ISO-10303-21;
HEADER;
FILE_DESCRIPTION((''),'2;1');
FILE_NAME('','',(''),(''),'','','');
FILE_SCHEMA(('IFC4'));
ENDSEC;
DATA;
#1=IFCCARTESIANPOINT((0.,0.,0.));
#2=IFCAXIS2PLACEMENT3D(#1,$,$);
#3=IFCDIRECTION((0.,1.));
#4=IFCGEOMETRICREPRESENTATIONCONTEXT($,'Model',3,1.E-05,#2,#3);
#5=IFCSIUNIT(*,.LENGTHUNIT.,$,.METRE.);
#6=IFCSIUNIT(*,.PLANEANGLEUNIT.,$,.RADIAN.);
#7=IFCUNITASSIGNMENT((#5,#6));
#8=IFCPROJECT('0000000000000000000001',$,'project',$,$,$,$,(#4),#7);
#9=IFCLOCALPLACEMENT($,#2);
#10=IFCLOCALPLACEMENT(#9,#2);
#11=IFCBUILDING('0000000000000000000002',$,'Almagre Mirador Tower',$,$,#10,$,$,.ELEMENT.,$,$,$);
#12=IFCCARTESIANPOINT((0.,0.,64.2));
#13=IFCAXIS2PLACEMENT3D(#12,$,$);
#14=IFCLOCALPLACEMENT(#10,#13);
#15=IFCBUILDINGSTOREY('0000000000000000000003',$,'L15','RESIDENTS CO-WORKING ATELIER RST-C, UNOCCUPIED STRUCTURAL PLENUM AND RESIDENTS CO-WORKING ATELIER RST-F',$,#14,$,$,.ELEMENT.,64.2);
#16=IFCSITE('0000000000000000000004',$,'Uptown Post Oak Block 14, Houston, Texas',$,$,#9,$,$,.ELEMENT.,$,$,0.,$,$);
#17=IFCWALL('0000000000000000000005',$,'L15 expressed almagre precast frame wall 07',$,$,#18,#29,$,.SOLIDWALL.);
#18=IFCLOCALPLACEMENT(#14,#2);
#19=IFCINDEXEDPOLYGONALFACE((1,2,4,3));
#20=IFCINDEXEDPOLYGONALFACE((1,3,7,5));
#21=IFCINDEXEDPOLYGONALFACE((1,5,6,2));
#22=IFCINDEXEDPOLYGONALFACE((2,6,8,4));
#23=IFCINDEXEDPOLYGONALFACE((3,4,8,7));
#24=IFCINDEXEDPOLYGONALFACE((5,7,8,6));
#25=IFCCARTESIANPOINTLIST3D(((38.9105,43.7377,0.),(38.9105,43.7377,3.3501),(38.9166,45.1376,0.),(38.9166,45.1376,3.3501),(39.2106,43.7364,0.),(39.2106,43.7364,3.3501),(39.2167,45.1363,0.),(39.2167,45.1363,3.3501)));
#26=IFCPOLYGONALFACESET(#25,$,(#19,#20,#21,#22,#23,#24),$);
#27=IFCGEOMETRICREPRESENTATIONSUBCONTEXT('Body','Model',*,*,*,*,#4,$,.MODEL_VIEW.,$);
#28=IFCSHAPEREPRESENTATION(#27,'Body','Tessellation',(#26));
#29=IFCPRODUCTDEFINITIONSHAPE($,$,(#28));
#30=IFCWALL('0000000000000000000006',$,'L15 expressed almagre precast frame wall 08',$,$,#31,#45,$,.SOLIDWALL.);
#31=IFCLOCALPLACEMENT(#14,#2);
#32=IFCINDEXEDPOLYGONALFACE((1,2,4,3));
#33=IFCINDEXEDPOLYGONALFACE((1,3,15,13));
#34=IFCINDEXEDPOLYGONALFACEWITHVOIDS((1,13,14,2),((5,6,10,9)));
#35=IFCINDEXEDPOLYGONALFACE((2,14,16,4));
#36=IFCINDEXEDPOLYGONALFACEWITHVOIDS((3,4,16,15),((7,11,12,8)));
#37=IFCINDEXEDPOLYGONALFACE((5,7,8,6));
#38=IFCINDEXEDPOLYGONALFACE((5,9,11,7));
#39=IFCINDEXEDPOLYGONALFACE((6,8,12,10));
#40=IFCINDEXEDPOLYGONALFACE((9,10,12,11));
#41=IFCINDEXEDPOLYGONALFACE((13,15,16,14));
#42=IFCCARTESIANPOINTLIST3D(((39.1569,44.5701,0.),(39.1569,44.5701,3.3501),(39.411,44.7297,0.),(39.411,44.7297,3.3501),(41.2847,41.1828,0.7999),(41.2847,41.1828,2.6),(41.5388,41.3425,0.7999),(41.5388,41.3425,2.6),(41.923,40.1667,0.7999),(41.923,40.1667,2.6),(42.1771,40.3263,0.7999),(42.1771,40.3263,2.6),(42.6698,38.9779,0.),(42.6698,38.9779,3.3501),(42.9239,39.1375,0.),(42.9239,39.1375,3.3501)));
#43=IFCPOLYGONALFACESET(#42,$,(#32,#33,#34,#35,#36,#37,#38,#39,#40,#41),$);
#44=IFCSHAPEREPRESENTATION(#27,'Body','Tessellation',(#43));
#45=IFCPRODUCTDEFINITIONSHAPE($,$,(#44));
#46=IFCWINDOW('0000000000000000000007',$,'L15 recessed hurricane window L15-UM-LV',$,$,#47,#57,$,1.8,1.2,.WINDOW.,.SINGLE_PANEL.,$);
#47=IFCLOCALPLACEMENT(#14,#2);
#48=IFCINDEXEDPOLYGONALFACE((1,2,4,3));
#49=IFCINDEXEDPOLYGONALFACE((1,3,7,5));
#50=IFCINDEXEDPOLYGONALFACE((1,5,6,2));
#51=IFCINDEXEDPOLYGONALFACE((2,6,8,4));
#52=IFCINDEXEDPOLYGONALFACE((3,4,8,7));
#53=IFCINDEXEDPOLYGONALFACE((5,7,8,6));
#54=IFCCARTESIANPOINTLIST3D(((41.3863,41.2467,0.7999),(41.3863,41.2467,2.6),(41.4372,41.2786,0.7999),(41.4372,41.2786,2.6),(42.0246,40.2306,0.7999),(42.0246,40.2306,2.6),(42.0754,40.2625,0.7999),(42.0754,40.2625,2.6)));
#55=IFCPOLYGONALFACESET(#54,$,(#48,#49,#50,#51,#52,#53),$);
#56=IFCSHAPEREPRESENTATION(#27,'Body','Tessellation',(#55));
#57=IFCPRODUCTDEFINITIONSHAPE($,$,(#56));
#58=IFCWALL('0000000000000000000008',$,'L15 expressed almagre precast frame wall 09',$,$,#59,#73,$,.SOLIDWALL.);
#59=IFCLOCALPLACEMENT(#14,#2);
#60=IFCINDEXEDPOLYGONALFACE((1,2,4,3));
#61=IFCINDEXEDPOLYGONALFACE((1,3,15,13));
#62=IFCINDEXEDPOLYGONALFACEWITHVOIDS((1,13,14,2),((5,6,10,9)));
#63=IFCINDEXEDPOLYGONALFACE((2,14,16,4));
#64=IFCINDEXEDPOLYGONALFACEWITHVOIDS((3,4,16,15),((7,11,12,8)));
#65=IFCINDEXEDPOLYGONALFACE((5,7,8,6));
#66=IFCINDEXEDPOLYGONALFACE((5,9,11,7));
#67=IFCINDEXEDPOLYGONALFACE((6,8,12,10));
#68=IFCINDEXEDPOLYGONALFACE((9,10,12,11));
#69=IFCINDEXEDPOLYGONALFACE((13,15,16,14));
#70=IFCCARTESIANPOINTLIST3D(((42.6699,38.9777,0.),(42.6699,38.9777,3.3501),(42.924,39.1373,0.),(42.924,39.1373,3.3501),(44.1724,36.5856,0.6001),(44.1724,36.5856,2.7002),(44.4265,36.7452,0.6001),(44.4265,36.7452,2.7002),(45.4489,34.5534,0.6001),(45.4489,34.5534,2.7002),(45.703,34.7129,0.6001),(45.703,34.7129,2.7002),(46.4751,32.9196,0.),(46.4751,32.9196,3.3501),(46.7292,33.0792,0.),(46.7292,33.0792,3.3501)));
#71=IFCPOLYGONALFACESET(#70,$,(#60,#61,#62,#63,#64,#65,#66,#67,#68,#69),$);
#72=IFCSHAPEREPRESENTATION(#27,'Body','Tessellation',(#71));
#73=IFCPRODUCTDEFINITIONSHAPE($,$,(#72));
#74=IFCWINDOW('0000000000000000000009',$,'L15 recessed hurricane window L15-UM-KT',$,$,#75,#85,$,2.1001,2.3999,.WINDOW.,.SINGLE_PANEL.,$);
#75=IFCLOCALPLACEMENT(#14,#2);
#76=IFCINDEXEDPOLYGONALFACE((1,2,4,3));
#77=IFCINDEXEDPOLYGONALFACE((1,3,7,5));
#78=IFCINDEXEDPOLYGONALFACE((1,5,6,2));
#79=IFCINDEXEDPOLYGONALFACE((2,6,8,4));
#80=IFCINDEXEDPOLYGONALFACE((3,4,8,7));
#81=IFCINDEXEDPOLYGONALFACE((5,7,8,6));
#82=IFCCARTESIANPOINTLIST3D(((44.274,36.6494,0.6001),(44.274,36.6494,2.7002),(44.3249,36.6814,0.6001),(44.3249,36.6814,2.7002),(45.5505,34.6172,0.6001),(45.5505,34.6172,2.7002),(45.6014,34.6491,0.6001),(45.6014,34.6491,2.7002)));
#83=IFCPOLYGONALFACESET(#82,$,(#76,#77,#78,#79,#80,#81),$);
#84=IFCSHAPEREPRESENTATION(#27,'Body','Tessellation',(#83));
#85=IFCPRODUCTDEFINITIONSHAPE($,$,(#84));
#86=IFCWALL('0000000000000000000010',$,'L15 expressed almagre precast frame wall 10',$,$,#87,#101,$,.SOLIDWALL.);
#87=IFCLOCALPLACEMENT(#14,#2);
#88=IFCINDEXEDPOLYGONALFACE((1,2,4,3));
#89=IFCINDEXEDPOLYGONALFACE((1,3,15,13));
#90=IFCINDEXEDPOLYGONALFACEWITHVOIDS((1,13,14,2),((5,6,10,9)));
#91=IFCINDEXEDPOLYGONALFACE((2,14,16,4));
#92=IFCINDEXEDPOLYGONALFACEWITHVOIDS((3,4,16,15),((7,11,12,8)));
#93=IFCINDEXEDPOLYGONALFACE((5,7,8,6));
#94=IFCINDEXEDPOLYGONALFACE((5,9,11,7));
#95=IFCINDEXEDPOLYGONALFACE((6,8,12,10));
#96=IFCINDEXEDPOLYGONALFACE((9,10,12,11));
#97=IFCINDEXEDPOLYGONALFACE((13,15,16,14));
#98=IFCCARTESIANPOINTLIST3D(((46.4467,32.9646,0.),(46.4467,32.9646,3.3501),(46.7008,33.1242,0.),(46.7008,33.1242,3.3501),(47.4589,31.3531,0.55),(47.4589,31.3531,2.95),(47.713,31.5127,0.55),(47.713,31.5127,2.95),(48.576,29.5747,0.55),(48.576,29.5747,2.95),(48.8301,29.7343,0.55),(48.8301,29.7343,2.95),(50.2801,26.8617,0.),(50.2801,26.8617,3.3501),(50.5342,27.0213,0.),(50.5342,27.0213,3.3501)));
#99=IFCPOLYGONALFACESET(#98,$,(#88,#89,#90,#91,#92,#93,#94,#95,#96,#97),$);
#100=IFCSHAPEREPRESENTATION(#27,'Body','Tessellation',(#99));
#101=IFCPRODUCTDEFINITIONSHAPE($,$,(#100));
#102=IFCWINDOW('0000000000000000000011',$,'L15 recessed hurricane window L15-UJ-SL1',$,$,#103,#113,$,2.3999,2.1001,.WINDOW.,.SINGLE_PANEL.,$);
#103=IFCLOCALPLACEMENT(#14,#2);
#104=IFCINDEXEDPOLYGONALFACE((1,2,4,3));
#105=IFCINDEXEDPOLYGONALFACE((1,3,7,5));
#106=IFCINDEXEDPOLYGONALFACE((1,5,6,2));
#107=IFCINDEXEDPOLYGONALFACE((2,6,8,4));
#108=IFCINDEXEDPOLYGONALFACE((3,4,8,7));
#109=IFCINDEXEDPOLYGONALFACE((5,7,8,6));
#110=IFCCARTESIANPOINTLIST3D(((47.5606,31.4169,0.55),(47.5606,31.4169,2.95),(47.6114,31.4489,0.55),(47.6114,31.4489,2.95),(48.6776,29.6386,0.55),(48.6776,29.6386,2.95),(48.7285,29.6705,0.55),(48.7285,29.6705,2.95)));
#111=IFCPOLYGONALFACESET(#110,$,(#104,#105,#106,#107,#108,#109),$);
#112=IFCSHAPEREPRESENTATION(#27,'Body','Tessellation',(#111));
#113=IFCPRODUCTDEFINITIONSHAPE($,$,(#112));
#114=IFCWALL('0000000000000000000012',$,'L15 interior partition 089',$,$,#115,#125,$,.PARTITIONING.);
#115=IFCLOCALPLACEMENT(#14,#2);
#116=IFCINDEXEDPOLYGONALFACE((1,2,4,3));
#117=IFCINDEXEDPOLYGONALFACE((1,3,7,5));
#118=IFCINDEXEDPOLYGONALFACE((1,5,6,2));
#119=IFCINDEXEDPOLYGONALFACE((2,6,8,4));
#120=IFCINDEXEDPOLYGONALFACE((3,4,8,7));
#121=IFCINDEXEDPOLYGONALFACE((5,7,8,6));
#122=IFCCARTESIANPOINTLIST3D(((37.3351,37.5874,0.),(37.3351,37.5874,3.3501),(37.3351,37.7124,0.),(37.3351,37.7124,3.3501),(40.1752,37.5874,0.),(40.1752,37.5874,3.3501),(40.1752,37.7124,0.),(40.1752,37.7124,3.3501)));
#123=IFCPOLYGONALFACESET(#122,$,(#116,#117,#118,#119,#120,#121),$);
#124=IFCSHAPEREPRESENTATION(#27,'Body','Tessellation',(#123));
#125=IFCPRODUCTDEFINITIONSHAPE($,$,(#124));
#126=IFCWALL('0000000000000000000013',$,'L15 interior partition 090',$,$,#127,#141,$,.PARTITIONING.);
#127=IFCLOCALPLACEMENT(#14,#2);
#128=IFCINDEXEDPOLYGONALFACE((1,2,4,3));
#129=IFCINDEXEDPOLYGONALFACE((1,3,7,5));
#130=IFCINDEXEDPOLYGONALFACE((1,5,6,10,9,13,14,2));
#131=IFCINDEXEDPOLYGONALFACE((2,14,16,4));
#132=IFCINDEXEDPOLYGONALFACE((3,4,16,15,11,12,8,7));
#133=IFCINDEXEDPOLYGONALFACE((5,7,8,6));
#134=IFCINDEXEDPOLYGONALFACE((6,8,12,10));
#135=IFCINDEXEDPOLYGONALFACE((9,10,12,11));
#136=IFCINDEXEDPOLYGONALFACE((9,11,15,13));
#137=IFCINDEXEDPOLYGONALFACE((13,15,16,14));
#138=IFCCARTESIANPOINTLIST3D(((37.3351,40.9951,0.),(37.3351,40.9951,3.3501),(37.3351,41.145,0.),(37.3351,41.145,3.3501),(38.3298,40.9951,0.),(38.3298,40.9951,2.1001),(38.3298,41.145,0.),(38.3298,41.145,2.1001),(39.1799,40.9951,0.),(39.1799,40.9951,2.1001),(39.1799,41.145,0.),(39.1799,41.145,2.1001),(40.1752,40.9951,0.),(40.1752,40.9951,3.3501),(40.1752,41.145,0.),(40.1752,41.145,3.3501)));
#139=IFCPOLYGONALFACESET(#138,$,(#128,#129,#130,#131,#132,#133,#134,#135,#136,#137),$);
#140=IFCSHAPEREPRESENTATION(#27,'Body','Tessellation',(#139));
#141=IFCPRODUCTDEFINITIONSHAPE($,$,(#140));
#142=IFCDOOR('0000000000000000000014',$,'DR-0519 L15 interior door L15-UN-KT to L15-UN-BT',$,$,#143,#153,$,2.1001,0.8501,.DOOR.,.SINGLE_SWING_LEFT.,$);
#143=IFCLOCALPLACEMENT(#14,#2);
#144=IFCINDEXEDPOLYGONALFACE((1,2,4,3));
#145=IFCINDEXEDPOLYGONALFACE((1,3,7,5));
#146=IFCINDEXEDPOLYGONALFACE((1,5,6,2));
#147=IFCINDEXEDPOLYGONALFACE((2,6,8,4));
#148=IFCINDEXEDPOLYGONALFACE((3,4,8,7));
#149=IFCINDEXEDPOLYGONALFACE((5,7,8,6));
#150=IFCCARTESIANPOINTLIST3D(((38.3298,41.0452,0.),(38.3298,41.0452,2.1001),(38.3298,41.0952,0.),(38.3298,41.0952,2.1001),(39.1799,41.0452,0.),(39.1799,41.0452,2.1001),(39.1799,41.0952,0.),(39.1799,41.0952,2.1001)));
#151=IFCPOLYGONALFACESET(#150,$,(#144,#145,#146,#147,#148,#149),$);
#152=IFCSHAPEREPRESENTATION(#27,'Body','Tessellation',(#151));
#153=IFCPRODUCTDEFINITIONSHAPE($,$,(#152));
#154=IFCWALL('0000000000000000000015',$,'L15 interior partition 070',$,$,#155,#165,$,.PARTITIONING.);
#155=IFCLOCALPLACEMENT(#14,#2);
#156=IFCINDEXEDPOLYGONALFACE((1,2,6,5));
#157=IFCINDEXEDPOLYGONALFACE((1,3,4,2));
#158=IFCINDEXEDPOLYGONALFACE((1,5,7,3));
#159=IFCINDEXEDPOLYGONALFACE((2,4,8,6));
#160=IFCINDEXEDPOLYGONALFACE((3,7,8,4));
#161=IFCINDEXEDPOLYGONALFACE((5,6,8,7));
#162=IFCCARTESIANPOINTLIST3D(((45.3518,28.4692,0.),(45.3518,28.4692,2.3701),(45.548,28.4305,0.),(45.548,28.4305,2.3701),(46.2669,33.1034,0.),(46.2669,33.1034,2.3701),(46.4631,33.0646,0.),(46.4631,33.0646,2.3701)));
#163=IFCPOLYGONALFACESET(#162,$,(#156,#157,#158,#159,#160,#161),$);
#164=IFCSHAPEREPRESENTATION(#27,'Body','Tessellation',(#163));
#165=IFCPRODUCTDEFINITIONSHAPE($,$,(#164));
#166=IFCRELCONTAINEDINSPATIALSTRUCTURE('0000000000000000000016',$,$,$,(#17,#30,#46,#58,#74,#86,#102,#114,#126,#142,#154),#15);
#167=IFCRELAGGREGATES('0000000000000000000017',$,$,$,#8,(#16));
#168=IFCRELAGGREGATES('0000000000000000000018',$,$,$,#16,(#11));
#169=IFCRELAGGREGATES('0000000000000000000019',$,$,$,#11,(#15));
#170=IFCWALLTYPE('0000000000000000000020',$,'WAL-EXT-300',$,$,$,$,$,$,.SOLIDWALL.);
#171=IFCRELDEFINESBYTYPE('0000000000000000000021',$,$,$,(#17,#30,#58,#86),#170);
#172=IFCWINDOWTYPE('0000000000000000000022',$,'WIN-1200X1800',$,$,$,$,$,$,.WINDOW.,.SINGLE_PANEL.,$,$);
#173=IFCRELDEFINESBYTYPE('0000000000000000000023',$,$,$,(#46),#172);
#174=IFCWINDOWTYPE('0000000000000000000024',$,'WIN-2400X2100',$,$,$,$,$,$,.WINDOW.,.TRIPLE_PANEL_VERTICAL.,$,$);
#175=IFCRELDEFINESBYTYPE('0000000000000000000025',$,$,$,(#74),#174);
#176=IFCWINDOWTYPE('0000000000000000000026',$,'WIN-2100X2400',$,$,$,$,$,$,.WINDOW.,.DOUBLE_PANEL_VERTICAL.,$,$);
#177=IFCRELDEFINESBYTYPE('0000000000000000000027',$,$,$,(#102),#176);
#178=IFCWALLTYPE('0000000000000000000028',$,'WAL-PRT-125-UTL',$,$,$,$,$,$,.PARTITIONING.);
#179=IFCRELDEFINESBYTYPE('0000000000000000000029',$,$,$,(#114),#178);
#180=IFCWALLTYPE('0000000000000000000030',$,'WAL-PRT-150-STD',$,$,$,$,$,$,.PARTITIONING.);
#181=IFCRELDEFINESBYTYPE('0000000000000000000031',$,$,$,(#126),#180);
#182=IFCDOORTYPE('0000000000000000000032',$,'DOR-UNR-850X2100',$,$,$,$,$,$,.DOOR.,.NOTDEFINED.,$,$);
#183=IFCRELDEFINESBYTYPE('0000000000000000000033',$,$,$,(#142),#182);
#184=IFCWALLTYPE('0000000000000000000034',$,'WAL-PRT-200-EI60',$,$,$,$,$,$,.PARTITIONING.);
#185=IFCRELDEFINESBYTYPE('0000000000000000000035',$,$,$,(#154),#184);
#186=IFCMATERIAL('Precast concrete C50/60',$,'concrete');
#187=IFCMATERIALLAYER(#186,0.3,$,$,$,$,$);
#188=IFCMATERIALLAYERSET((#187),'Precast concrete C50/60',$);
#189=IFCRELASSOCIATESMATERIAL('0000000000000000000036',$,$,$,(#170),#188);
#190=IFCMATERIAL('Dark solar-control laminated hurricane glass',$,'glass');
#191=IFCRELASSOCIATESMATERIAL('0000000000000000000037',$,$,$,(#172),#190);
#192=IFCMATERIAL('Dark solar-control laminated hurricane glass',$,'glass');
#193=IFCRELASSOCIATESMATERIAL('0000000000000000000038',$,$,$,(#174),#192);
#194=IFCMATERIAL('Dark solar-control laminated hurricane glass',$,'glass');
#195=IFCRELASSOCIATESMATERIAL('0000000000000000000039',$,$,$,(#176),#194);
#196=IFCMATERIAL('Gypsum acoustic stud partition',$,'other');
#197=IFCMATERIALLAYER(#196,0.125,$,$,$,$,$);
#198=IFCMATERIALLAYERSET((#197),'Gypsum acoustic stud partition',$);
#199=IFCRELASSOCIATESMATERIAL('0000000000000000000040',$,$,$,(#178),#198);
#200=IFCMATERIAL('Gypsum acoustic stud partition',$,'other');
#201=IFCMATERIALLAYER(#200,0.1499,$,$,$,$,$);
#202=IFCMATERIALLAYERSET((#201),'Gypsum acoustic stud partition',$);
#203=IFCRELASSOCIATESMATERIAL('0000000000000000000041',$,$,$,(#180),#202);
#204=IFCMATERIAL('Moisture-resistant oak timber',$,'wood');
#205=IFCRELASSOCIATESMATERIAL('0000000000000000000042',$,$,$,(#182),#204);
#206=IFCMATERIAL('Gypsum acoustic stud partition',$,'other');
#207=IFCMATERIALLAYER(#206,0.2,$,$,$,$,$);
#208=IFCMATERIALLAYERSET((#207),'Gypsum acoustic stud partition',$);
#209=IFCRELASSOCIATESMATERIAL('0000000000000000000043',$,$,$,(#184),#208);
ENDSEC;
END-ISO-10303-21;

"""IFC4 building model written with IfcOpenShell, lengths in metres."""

from ifc_helpers import new_model, si_unit, direction, frame, frame_2d, origin, place, context, subcontext, project, spatial, rectangle, extrude, material, layer, layer_set, type_object, element, fill, save


model = new_model("IFC4")

# Units and contexts
model_context = context("Model", 3, precision=1e-05, world=origin(), true_north=direction((0.0, 1.0)))
body_context = subcontext(model_context, "Body", "Model", "MODEL_VIEW")
ifc_project = project(units=[si_unit("LENGTHUNIT", "METRE"), si_unit("PLANEANGLEUNIT", "RADIAN")], contexts=[model_context])

# Site, building, storey
site_placement = place(None, origin())
site = spatial("IfcSite", under=ifc_project, at=site_placement, Name="Uptown Post Oak Block 14, Houston, Texas", CompositionType="ELEMENT", RefElevation=0.0)
building_placement = place(site_placement, origin())
building = spatial("IfcBuilding", under=site, at=building_placement, Name="Almagre Mirador Tower", CompositionType="ELEMENT")
storey_placement = place(building_placement, frame((0.0, 0.0, 64.2)))
storey = spatial("IfcBuildingStorey", under=building, at=storey_placement, Name="L15", Description="RESIDENTS CO-WORKING ATELIER RST-C, UNOCCUPIED STRUCTURAL PLENUM AND RESIDENTS CO-WORKING ATELIER RST-F", CompositionType="ELEMENT", Elevation=64.2)

# Wall
ifc_material_1 = material(Name="Precast concrete C50/60", Category="concrete")
ifc_layer_1 = layer(ifc_material_1, 0.3)
ifc_layer_set_1 = layer_set([ifc_layer_1], Name="Precast concrete C50/60")
wall_type_1 = type_object("IfcWallType", Name="WAL-EXT-300", PredefinedType="SOLIDWALL", material=ifc_layer_set_1)
wall_1_placement = place(storey_placement, frame((39.0605, 43.7371, 0.0), z_axis=(0.0, 0.0, 1.0), x_axis=(0.00436, 0.99999, 0.0)))
element("IfcWall", 1, at=wall_1_placement, inside=storey, type_object=wall_type_1, Name="L15 expressed almagre precast frame wall 07", PredefinedType="SOLIDWALL", context=body_context, shape_type="SweptSolid", body=[
    extrude(rectangle(XDim=1.3999, YDim=0.3, at=frame_2d((0.7, 0.0))), origin(), (0.0, 0.0, 1.0), 3.3501),
])

# Walls, openings, windows
wall_2_placement = place(storey_placement, frame((39.2839, 44.6499, 0.0), z_axis=(0.0, 0.0, 1.0), x_axis=(0.531932, -0.846787, 0.0)))
wall_2 = element("IfcWall", 2, at=wall_2_placement, inside=storey, type_object=wall_type_1, Name="L15 expressed almagre precast frame wall 08", PredefinedType="SOLIDWALL", context=body_context, shape_type="SweptSolid", body=[
    extrude(rectangle(XDim=6.604, YDim=0.3, at=frame_2d((3.302, 0.0))), origin(), (0.0, 0.0, 1.0), 3.3501),
])
opening_1_placement = place(wall_2_placement, frame((4.0, 0.0, 0.8)))
opening_1 = element("IfcOpeningElement", 3, at=opening_1_placement, cuts=wall_2, PredefinedType="OPENING", context=body_context, shape_type="SweptSolid", body=[
    extrude(rectangle(XDim=1.2, YDim=1.8, at=frame_2d((0.6001, 0.8999))), frame((0.0, 0.1599, 0.0), z_axis=(0.0, -1.0, 0.0), x_axis=(1.0, 0.0, 0.0)), (0.0, 0.0, 1.0), 0.32),
])
ifc_material_2 = material(Name="Dark solar-control laminated hurricane glass", Category="glass")
window_type_1 = type_object("IfcWindowType", Name="WIN-1200X1800", PartitioningType="SINGLE_PANEL", PredefinedType="WINDOW", material=ifc_material_2)
window_1_placement = place(opening_1_placement, origin())
window_1 = element("IfcWindow", 4, at=window_1_placement, inside=storey, type_object=window_type_1, Name="L15 recessed hurricane window L15-UM-LV", OverallHeight=1.8, OverallWidth=1.2, PartitioningType="SINGLE_PANEL", PredefinedType="WINDOW", context=body_context, shape_type="SweptSolid", body=[
    extrude(rectangle(XDim=1.2, YDim=1.8, at=frame_2d((0.6001, 0.8999))), frame((0.0, 0.03, 0.0), z_axis=(0.0, -1.0, 0.0), x_axis=(1.0, 0.0, 0.0)), (0.0, 0.0, 1.0), 0.0601),
])
fill(opening_1, window_1)
wall_3_placement = place(storey_placement, frame((42.7969, 39.0576, 0.0), z_axis=(0.0, 0.0, 1.0), x_axis=(0.531893, -0.846811, 0.0)))
wall_3 = element("IfcWall", 5, at=wall_3_placement, inside=storey, type_object=wall_type_1, Name="L15 expressed almagre precast frame wall 09", PredefinedType="SOLIDWALL", context=body_context, shape_type="SweptSolid", body=[
    extrude(rectangle(XDim=7.1541, YDim=0.3, at=frame_2d((3.5771, 0.0))), origin(), (0.0, 0.0, 1.0), 3.3501),
])
opening_2_placement = place(wall_3_placement, frame((2.825, 0.0, 0.6001)))
opening_2 = element("IfcOpeningElement", 6, at=opening_2_placement, cuts=wall_3, PredefinedType="OPENING", context=body_context, shape_type="SweptSolid", body=[
    extrude(rectangle(XDim=2.3999, YDim=2.1001, at=frame_2d((1.2, 1.05))), frame((0.0, 0.1599, 0.0), z_axis=(0.0, -1.0, 0.0), x_axis=(1.0, 0.0, 0.0)), (0.0, 0.0, 1.0), 0.32),
])
ifc_material_3 = material(Name="Dark solar-control laminated hurricane glass", Category="glass")
window_type_2 = type_object("IfcWindowType", Name="WIN-2400X2100", PartitioningType="TRIPLE_PANEL_VERTICAL", PredefinedType="WINDOW", material=ifc_material_3)
window_2_placement = place(opening_2_placement, origin())
window_2 = element("IfcWindow", 7, at=window_2_placement, inside=storey, type_object=window_type_2, Name="L15 recessed hurricane window L15-UM-KT", OverallHeight=2.1001, OverallWidth=2.3999, PartitioningType="SINGLE_PANEL", PredefinedType="WINDOW", context=body_context, shape_type="SweptSolid", body=[
    extrude(rectangle(XDim=2.3999, YDim=2.1001, at=frame_2d((1.2, 1.05))), frame((0.0, 0.03, 0.0), z_axis=(0.0, -1.0, 0.0), x_axis=(1.0, 0.0, 0.0)), (0.0, 0.0, 1.0), 0.0601),
])
fill(opening_2, window_2)
wall_4_placement = place(storey_placement, frame((46.5737, 33.0444, 0.0), z_axis=(0.0, 0.0, 1.0), x_axis=(0.531904, -0.846805, 0.0)))
wall_4 = element("IfcWall", 8, at=wall_4_placement, inside=storey, type_object=wall_type_1, Name="L15 expressed almagre precast frame wall 10", PredefinedType="SOLIDWALL", context=body_context, shape_type="SweptSolid", body=[
    extrude(rectangle(XDim=7.207, YDim=0.3, at=frame_2d((3.6035, 0.0))), origin(), (0.0, 0.0, 1.0), 3.3501),
])
opening_3_placement = place(wall_4_placement, frame((1.9031, 0.0, 0.55)))
opening_3 = element("IfcOpeningElement", 9, at=opening_3_placement, cuts=wall_4, PredefinedType="OPENING", context=body_context, shape_type="SweptSolid", body=[
    extrude(rectangle(XDim=2.1001, YDim=2.3999, at=frame_2d((1.05, 1.2))), frame((0.0, 0.1599, 0.0), z_axis=(0.0, -1.0, 0.0), x_axis=(1.0, 0.0, 0.0)), (0.0, 0.0, 1.0), 0.32),
])
ifc_material_4 = material(Name="Dark solar-control laminated hurricane glass", Category="glass")
window_type_3 = type_object("IfcWindowType", Name="WIN-2100X2400", PartitioningType="DOUBLE_PANEL_VERTICAL", PredefinedType="WINDOW", material=ifc_material_4)
window_3_placement = place(opening_3_placement, origin())
window_3 = element("IfcWindow", 10, at=window_3_placement, inside=storey, type_object=window_type_3, Name="L15 recessed hurricane window L15-UJ-SL1", OverallHeight=2.3999, OverallWidth=2.1001, PartitioningType="SINGLE_PANEL", PredefinedType="WINDOW", context=body_context, shape_type="SweptSolid", body=[
    extrude(rectangle(XDim=2.1001, YDim=2.3999, at=frame_2d((1.05, 1.2))), frame((0.0, 0.03, 0.0), z_axis=(0.0, -1.0, 0.0), x_axis=(1.0, 0.0, 0.0)), (0.0, 0.0, 1.0), 0.0601),
])
fill(opening_3, window_3)

# Wall
ifc_material_5 = material(Name="Gypsum acoustic stud partition", Category="other")
ifc_layer_2 = layer(ifc_material_5, 0.125)
ifc_layer_set_2 = layer_set([ifc_layer_2], Name="Gypsum acoustic stud partition")
wall_type_2 = type_object("IfcWallType", Name="WAL-PRT-125-UTL", PredefinedType="PARTITIONING", material=ifc_layer_set_2)
wall_5_placement = place(storey_placement, frame((40.175, 37.6499, 0.0), z_axis=(0.0, 0.0, 1.0), x_axis=(-1.0, 0.0, 0.0)))
element("IfcWall", 11, at=wall_5_placement, inside=storey, type_object=wall_type_2, Name="L15 interior partition 089", PredefinedType="PARTITIONING", context=body_context, shape_type="SweptSolid", body=[
    extrude(rectangle(XDim=2.8401, YDim=0.125, at=frame_2d((1.4199, 0.0))), origin(), (0.0, 0.0, 1.0), 3.3501),
])

# Wall, opening, door
ifc_material_6 = material(Name="Gypsum acoustic stud partition", Category="other")
ifc_layer_3 = layer(ifc_material_6, 0.1499)
ifc_layer_set_3 = layer_set([ifc_layer_3], Name="Gypsum acoustic stud partition")
wall_type_3 = type_object("IfcWallType", Name="WAL-PRT-150-STD", PredefinedType="PARTITIONING", material=ifc_layer_set_3)
wall_6_placement = place(storey_placement, frame((40.175, 41.0701, 0.0), z_axis=(0.0, 0.0, 1.0), x_axis=(-1.0, 0.0, 0.0)))
wall_6 = element("IfcWall", 12, at=wall_6_placement, inside=storey, type_object=wall_type_3, Name="L15 interior partition 090", PredefinedType="PARTITIONING", context=body_context, shape_type="SweptSolid", body=[
    extrude(rectangle(XDim=2.8401, YDim=0.1499, at=frame_2d((1.4199, 0.0))), origin(), (0.0, 0.0, 1.0), 3.3501),
])
opening_4_placement = place(wall_6_placement, frame((0.9951, 0.0, 0.0)))
opening_4 = element("IfcOpeningElement", 13, at=opening_4_placement, cuts=wall_6, PredefinedType="OPENING", context=body_context, shape_type="SweptSolid", body=[
    extrude(rectangle(XDim=0.8501, YDim=2.1001, at=frame_2d((0.425, 1.05))), frame((0.0, 0.085, 0.0), z_axis=(0.0, -1.0, 0.0), x_axis=(1.0, 0.0, 0.0)), (0.0, 0.0, 1.0), 0.1699),
])
ifc_material_7 = material(Name="Moisture-resistant oak timber", Category="wood")
door_type = type_object("IfcDoorType", Name="DOR-UNR-850X2100", OperationType="NOTDEFINED", PredefinedType="DOOR", material=ifc_material_7)
door_placement = place(opening_4_placement, origin())
door = element("IfcDoor", 14, at=door_placement, inside=storey, type_object=door_type, Name="DR-0519 L15 interior door L15-UN-KT to L15-UN-BT", OperationType="SINGLE_SWING_LEFT", OverallHeight=2.1001, OverallWidth=0.8501, PredefinedType="DOOR", context=body_context, shape_type="SweptSolid", body=[
    extrude(rectangle(XDim=0.8501, YDim=2.1001, at=frame_2d((0.425, 1.05))), frame((0.0, 0.0249, 0.0), z_axis=(0.0, -1.0, 0.0), x_axis=(1.0, 0.0, 0.0)), (0.0, 0.0, 1.0), 0.05),
])
fill(opening_4, door)

# Wall
ifc_material_8 = material(Name="Gypsum acoustic stud partition", Category="other")
ifc_layer_4 = layer(ifc_material_8, 0.2)
ifc_layer_set_4 = layer_set([ifc_layer_4], Name="Gypsum acoustic stud partition")
wall_type_4 = type_object("IfcWallType", Name="WAL-PRT-200-EI60", PredefinedType="PARTITIONING", material=ifc_layer_set_4)
wall_7_placement = place(storey_placement, frame((46.365, 33.084, 0.0), z_axis=(0.0, 0.0, 1.0), x_axis=(-0.19372, -0.981057, 0.0)))
element("IfcWall", 15, at=wall_7_placement, inside=storey, type_object=wall_type_4, Name="L15 interior partition 070", PredefinedType="PARTITIONING", context=body_context, shape_type="SweptSolid", body=[
    extrude(rectangle(XDim=4.7236, YDim=0.2, at=frame_2d((2.3618, 0.0))), origin(), (0.0, 0.0, 1.0), 2.3701),
])

save(model, "model.ifc")
